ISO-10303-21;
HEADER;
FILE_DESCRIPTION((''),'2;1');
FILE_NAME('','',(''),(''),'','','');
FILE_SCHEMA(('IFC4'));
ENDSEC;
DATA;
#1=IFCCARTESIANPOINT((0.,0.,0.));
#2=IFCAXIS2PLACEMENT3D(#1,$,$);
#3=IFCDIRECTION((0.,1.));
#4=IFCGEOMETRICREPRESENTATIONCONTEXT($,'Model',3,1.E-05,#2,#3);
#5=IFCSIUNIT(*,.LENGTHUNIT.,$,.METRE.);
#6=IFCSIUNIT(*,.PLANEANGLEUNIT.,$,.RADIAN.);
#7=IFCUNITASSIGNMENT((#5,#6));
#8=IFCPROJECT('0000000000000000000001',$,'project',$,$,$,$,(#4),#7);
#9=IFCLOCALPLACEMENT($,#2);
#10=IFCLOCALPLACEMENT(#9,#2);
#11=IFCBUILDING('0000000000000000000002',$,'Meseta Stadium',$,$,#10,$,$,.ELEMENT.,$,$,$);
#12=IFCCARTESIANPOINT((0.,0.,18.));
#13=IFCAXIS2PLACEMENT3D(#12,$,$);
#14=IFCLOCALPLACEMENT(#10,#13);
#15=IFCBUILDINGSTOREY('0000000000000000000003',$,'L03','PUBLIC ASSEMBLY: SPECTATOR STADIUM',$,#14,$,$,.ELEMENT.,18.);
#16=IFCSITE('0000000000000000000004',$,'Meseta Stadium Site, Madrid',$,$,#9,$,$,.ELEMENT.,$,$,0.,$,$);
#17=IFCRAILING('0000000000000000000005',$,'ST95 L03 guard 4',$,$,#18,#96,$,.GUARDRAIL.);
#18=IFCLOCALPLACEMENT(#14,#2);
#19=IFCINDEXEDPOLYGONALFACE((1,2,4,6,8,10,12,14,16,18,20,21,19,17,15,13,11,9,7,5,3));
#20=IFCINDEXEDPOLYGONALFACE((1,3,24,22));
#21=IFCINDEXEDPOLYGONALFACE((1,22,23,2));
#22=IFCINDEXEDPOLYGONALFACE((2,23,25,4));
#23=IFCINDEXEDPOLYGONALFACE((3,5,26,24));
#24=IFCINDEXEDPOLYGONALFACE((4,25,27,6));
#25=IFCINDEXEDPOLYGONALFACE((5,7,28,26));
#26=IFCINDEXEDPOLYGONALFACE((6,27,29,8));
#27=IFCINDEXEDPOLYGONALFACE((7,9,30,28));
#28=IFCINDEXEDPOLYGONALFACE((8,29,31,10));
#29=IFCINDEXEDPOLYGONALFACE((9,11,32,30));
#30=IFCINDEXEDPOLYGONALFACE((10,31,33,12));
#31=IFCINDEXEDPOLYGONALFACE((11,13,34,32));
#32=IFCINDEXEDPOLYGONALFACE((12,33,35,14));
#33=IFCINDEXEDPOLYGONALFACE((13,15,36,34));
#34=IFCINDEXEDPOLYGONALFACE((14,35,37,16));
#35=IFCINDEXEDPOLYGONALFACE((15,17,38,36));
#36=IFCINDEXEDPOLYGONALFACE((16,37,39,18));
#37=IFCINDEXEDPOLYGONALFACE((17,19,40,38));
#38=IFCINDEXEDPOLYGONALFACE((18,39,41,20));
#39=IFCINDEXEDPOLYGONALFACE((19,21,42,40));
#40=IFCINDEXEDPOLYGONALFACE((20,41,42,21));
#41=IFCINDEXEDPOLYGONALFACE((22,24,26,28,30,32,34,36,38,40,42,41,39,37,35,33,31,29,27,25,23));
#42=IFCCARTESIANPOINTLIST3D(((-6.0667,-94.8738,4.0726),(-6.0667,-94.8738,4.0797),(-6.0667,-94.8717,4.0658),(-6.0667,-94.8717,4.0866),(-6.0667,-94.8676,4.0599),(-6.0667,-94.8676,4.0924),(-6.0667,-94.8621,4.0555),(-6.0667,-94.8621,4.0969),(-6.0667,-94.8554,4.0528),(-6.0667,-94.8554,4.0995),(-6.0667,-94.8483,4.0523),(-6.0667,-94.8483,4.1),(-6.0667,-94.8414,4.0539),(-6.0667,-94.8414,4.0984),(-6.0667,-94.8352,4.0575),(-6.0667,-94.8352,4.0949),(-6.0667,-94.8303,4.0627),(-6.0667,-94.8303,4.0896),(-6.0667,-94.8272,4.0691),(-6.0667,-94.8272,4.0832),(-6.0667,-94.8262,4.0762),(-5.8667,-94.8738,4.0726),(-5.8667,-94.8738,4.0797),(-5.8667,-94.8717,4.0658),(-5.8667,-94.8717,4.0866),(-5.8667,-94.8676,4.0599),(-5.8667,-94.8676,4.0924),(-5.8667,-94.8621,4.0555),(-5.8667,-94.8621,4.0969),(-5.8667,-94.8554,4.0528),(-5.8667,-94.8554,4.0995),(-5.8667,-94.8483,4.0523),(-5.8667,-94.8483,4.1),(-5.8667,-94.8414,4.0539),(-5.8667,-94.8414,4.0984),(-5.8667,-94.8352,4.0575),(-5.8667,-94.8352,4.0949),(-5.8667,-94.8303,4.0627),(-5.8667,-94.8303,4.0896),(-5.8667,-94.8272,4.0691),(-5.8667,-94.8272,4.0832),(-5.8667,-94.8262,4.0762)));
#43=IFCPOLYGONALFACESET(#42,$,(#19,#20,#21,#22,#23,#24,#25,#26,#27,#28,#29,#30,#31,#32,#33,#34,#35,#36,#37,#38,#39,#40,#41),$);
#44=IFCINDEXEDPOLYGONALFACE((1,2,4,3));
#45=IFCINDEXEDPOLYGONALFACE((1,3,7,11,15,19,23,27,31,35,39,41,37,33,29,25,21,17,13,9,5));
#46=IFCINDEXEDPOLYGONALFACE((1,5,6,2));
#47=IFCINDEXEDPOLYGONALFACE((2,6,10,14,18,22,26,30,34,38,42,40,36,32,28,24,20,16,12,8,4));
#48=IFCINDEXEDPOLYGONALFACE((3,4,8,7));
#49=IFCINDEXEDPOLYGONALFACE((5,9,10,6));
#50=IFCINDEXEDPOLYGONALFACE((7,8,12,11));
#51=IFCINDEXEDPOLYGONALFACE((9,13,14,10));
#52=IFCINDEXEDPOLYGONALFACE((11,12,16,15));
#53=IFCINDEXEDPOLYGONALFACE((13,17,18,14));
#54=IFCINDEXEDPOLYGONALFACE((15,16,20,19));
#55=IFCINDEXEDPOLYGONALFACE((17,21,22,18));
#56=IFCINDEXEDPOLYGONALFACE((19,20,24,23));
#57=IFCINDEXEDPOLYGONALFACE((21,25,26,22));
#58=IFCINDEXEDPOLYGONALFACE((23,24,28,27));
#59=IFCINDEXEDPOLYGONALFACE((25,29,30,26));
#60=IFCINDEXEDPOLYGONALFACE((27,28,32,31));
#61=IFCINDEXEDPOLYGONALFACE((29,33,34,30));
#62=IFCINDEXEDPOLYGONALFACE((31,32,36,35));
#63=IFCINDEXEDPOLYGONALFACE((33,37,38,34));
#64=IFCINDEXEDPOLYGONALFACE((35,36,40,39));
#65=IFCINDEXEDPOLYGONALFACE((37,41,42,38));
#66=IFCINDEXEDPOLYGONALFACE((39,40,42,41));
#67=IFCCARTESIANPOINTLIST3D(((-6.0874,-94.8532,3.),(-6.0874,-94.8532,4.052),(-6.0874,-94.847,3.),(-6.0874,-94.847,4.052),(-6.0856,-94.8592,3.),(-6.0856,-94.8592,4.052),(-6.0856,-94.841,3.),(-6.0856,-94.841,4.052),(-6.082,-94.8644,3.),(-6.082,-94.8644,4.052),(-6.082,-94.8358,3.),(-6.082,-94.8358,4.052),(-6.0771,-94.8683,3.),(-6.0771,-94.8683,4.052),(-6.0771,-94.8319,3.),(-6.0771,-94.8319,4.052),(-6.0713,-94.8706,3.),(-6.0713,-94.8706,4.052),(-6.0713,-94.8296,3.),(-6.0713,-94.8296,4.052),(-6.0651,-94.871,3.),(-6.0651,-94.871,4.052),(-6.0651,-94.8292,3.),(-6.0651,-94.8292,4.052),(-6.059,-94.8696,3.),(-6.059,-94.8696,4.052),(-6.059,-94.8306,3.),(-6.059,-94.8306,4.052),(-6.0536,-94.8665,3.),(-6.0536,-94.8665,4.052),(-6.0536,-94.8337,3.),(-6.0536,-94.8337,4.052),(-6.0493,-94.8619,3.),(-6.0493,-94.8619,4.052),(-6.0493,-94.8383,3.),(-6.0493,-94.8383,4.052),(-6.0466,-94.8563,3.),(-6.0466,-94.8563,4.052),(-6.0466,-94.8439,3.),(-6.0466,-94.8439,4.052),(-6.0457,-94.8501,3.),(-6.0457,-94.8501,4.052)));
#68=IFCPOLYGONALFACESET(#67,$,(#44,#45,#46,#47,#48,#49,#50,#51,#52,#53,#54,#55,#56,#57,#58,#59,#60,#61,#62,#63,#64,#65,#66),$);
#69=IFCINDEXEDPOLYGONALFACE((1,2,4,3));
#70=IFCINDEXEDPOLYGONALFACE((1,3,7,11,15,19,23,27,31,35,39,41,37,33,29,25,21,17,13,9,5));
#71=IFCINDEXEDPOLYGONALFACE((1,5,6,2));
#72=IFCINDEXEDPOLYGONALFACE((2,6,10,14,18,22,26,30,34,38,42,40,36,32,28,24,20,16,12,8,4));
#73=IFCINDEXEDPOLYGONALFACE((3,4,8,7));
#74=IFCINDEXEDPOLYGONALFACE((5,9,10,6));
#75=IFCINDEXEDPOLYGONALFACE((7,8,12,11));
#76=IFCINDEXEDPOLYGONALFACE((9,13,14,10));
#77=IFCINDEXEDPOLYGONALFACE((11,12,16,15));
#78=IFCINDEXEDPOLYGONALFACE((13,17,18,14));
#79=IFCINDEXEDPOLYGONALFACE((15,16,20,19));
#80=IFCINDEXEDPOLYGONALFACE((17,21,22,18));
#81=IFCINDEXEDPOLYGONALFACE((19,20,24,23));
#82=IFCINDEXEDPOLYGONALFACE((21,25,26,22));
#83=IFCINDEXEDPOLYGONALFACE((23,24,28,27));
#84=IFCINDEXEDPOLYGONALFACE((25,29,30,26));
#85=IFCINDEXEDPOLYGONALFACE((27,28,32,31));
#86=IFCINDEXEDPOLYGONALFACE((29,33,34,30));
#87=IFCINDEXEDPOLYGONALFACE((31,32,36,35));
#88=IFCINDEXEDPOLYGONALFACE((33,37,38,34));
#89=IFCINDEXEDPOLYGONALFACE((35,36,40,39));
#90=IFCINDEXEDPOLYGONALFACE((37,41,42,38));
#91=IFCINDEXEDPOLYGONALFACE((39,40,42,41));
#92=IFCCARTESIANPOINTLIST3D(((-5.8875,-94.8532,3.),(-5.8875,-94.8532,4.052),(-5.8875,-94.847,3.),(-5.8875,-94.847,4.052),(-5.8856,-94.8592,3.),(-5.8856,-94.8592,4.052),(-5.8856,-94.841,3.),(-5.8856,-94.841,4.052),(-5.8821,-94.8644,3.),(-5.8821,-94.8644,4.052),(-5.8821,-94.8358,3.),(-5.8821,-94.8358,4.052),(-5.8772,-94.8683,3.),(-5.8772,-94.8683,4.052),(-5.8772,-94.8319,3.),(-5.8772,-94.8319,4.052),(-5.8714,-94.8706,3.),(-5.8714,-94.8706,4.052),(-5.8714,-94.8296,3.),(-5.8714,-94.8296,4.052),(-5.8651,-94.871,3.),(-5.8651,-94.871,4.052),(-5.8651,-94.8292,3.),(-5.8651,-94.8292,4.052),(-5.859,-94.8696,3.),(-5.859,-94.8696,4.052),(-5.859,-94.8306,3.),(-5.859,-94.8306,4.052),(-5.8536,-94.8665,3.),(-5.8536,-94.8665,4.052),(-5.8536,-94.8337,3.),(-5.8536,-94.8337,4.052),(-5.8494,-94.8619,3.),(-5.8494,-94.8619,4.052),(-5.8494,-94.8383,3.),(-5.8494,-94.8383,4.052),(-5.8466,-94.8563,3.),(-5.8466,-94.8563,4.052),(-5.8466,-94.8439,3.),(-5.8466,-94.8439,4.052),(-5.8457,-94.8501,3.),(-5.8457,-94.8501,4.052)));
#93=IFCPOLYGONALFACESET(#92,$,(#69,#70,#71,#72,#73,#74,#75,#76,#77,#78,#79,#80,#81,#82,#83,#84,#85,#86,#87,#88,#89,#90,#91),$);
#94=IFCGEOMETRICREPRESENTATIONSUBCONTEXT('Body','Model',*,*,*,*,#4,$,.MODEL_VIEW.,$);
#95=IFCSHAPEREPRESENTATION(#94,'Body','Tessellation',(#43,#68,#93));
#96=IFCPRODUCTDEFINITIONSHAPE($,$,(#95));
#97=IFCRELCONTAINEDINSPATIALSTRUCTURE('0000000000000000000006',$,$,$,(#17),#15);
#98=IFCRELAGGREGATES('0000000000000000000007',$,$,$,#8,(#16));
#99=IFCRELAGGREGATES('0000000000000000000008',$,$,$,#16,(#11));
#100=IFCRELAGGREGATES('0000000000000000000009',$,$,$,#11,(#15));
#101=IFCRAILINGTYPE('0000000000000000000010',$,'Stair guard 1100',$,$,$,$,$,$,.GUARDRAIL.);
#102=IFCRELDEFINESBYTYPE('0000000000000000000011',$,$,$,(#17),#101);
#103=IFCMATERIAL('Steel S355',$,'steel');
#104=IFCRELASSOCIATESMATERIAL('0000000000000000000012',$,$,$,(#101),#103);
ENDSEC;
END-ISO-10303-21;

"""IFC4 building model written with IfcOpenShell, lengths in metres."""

from ifc_helpers import new_model, si_unit, direction, frame, origin, origin_2d, place, context, subcontext, project, spatial, circle, extrude, material, type_object, element, save


model = new_model("IFC4")

# Units and contexts
model_context = context("Model", 3, precision=1e-05, world=origin(), true_north=direction((0.0, 1.0)))
body_context = subcontext(model_context, "Body", "Model", "MODEL_VIEW")
ifc_project = project(units=[si_unit("LENGTHUNIT", "METRE"), si_unit("PLANEANGLEUNIT", "RADIAN")], contexts=[model_context])

# Site, building, storey
site_placement = place(None, origin())
site = spatial("IfcSite", under=ifc_project, at=site_placement, Name="Meseta Stadium Site, Madrid", CompositionType="ELEMENT", RefElevation=0.0)
building_placement = place(site_placement, origin())
building = spatial("IfcBuilding", under=site, at=building_placement, Name="Meseta Stadium", CompositionType="ELEMENT")
storey_placement = place(building_placement, frame((0.0, 0.0, 18.0)))
storey = spatial("IfcBuildingStorey", under=building, at=storey_placement, Name="L03", Description="PUBLIC ASSEMBLY: SPECTATOR STADIUM", CompositionType="ELEMENT", Elevation=18.0)

# Railing
ifc_material_1 = material(Name="Steel S355", Category="steel")
railing_type_1 = type_object("IfcRailingType", Name="Stair guard 1100", PredefinedType="GUARDRAIL", material=ifc_material_1)
railing_1_placement = place(storey_placement, frame((-6.0667, -94.8501, 3.0)))
element("IfcRailing", 1, at=railing_1_placement, inside=storey, type_object=railing_type_1, Name="ST95 L03 guard 4", PredefinedType="GUARDRAIL", context=body_context, shape_type="SweptSolid", body=[
    extrude(circle(Radius=0.0239, at=origin_2d()), frame((0.0, 0.0, 1.0762), z_axis=(1.0, 0.0, 0.0), x_axis=(0.0, 1.0, 0.0)), (0.0, 0.0, 1.0), 0.2),
    extrude(circle(Radius=0.021, at=origin_2d()), origin(), (0.0, 0.0, 1.0), 1.052),
    extrude(circle(Radius=0.021, at=origin_2d()), frame((0.2, 0.0, 0.0)), (0.0, 0.0, 1.0), 1.052),
])

save(model, "model.ifc")
